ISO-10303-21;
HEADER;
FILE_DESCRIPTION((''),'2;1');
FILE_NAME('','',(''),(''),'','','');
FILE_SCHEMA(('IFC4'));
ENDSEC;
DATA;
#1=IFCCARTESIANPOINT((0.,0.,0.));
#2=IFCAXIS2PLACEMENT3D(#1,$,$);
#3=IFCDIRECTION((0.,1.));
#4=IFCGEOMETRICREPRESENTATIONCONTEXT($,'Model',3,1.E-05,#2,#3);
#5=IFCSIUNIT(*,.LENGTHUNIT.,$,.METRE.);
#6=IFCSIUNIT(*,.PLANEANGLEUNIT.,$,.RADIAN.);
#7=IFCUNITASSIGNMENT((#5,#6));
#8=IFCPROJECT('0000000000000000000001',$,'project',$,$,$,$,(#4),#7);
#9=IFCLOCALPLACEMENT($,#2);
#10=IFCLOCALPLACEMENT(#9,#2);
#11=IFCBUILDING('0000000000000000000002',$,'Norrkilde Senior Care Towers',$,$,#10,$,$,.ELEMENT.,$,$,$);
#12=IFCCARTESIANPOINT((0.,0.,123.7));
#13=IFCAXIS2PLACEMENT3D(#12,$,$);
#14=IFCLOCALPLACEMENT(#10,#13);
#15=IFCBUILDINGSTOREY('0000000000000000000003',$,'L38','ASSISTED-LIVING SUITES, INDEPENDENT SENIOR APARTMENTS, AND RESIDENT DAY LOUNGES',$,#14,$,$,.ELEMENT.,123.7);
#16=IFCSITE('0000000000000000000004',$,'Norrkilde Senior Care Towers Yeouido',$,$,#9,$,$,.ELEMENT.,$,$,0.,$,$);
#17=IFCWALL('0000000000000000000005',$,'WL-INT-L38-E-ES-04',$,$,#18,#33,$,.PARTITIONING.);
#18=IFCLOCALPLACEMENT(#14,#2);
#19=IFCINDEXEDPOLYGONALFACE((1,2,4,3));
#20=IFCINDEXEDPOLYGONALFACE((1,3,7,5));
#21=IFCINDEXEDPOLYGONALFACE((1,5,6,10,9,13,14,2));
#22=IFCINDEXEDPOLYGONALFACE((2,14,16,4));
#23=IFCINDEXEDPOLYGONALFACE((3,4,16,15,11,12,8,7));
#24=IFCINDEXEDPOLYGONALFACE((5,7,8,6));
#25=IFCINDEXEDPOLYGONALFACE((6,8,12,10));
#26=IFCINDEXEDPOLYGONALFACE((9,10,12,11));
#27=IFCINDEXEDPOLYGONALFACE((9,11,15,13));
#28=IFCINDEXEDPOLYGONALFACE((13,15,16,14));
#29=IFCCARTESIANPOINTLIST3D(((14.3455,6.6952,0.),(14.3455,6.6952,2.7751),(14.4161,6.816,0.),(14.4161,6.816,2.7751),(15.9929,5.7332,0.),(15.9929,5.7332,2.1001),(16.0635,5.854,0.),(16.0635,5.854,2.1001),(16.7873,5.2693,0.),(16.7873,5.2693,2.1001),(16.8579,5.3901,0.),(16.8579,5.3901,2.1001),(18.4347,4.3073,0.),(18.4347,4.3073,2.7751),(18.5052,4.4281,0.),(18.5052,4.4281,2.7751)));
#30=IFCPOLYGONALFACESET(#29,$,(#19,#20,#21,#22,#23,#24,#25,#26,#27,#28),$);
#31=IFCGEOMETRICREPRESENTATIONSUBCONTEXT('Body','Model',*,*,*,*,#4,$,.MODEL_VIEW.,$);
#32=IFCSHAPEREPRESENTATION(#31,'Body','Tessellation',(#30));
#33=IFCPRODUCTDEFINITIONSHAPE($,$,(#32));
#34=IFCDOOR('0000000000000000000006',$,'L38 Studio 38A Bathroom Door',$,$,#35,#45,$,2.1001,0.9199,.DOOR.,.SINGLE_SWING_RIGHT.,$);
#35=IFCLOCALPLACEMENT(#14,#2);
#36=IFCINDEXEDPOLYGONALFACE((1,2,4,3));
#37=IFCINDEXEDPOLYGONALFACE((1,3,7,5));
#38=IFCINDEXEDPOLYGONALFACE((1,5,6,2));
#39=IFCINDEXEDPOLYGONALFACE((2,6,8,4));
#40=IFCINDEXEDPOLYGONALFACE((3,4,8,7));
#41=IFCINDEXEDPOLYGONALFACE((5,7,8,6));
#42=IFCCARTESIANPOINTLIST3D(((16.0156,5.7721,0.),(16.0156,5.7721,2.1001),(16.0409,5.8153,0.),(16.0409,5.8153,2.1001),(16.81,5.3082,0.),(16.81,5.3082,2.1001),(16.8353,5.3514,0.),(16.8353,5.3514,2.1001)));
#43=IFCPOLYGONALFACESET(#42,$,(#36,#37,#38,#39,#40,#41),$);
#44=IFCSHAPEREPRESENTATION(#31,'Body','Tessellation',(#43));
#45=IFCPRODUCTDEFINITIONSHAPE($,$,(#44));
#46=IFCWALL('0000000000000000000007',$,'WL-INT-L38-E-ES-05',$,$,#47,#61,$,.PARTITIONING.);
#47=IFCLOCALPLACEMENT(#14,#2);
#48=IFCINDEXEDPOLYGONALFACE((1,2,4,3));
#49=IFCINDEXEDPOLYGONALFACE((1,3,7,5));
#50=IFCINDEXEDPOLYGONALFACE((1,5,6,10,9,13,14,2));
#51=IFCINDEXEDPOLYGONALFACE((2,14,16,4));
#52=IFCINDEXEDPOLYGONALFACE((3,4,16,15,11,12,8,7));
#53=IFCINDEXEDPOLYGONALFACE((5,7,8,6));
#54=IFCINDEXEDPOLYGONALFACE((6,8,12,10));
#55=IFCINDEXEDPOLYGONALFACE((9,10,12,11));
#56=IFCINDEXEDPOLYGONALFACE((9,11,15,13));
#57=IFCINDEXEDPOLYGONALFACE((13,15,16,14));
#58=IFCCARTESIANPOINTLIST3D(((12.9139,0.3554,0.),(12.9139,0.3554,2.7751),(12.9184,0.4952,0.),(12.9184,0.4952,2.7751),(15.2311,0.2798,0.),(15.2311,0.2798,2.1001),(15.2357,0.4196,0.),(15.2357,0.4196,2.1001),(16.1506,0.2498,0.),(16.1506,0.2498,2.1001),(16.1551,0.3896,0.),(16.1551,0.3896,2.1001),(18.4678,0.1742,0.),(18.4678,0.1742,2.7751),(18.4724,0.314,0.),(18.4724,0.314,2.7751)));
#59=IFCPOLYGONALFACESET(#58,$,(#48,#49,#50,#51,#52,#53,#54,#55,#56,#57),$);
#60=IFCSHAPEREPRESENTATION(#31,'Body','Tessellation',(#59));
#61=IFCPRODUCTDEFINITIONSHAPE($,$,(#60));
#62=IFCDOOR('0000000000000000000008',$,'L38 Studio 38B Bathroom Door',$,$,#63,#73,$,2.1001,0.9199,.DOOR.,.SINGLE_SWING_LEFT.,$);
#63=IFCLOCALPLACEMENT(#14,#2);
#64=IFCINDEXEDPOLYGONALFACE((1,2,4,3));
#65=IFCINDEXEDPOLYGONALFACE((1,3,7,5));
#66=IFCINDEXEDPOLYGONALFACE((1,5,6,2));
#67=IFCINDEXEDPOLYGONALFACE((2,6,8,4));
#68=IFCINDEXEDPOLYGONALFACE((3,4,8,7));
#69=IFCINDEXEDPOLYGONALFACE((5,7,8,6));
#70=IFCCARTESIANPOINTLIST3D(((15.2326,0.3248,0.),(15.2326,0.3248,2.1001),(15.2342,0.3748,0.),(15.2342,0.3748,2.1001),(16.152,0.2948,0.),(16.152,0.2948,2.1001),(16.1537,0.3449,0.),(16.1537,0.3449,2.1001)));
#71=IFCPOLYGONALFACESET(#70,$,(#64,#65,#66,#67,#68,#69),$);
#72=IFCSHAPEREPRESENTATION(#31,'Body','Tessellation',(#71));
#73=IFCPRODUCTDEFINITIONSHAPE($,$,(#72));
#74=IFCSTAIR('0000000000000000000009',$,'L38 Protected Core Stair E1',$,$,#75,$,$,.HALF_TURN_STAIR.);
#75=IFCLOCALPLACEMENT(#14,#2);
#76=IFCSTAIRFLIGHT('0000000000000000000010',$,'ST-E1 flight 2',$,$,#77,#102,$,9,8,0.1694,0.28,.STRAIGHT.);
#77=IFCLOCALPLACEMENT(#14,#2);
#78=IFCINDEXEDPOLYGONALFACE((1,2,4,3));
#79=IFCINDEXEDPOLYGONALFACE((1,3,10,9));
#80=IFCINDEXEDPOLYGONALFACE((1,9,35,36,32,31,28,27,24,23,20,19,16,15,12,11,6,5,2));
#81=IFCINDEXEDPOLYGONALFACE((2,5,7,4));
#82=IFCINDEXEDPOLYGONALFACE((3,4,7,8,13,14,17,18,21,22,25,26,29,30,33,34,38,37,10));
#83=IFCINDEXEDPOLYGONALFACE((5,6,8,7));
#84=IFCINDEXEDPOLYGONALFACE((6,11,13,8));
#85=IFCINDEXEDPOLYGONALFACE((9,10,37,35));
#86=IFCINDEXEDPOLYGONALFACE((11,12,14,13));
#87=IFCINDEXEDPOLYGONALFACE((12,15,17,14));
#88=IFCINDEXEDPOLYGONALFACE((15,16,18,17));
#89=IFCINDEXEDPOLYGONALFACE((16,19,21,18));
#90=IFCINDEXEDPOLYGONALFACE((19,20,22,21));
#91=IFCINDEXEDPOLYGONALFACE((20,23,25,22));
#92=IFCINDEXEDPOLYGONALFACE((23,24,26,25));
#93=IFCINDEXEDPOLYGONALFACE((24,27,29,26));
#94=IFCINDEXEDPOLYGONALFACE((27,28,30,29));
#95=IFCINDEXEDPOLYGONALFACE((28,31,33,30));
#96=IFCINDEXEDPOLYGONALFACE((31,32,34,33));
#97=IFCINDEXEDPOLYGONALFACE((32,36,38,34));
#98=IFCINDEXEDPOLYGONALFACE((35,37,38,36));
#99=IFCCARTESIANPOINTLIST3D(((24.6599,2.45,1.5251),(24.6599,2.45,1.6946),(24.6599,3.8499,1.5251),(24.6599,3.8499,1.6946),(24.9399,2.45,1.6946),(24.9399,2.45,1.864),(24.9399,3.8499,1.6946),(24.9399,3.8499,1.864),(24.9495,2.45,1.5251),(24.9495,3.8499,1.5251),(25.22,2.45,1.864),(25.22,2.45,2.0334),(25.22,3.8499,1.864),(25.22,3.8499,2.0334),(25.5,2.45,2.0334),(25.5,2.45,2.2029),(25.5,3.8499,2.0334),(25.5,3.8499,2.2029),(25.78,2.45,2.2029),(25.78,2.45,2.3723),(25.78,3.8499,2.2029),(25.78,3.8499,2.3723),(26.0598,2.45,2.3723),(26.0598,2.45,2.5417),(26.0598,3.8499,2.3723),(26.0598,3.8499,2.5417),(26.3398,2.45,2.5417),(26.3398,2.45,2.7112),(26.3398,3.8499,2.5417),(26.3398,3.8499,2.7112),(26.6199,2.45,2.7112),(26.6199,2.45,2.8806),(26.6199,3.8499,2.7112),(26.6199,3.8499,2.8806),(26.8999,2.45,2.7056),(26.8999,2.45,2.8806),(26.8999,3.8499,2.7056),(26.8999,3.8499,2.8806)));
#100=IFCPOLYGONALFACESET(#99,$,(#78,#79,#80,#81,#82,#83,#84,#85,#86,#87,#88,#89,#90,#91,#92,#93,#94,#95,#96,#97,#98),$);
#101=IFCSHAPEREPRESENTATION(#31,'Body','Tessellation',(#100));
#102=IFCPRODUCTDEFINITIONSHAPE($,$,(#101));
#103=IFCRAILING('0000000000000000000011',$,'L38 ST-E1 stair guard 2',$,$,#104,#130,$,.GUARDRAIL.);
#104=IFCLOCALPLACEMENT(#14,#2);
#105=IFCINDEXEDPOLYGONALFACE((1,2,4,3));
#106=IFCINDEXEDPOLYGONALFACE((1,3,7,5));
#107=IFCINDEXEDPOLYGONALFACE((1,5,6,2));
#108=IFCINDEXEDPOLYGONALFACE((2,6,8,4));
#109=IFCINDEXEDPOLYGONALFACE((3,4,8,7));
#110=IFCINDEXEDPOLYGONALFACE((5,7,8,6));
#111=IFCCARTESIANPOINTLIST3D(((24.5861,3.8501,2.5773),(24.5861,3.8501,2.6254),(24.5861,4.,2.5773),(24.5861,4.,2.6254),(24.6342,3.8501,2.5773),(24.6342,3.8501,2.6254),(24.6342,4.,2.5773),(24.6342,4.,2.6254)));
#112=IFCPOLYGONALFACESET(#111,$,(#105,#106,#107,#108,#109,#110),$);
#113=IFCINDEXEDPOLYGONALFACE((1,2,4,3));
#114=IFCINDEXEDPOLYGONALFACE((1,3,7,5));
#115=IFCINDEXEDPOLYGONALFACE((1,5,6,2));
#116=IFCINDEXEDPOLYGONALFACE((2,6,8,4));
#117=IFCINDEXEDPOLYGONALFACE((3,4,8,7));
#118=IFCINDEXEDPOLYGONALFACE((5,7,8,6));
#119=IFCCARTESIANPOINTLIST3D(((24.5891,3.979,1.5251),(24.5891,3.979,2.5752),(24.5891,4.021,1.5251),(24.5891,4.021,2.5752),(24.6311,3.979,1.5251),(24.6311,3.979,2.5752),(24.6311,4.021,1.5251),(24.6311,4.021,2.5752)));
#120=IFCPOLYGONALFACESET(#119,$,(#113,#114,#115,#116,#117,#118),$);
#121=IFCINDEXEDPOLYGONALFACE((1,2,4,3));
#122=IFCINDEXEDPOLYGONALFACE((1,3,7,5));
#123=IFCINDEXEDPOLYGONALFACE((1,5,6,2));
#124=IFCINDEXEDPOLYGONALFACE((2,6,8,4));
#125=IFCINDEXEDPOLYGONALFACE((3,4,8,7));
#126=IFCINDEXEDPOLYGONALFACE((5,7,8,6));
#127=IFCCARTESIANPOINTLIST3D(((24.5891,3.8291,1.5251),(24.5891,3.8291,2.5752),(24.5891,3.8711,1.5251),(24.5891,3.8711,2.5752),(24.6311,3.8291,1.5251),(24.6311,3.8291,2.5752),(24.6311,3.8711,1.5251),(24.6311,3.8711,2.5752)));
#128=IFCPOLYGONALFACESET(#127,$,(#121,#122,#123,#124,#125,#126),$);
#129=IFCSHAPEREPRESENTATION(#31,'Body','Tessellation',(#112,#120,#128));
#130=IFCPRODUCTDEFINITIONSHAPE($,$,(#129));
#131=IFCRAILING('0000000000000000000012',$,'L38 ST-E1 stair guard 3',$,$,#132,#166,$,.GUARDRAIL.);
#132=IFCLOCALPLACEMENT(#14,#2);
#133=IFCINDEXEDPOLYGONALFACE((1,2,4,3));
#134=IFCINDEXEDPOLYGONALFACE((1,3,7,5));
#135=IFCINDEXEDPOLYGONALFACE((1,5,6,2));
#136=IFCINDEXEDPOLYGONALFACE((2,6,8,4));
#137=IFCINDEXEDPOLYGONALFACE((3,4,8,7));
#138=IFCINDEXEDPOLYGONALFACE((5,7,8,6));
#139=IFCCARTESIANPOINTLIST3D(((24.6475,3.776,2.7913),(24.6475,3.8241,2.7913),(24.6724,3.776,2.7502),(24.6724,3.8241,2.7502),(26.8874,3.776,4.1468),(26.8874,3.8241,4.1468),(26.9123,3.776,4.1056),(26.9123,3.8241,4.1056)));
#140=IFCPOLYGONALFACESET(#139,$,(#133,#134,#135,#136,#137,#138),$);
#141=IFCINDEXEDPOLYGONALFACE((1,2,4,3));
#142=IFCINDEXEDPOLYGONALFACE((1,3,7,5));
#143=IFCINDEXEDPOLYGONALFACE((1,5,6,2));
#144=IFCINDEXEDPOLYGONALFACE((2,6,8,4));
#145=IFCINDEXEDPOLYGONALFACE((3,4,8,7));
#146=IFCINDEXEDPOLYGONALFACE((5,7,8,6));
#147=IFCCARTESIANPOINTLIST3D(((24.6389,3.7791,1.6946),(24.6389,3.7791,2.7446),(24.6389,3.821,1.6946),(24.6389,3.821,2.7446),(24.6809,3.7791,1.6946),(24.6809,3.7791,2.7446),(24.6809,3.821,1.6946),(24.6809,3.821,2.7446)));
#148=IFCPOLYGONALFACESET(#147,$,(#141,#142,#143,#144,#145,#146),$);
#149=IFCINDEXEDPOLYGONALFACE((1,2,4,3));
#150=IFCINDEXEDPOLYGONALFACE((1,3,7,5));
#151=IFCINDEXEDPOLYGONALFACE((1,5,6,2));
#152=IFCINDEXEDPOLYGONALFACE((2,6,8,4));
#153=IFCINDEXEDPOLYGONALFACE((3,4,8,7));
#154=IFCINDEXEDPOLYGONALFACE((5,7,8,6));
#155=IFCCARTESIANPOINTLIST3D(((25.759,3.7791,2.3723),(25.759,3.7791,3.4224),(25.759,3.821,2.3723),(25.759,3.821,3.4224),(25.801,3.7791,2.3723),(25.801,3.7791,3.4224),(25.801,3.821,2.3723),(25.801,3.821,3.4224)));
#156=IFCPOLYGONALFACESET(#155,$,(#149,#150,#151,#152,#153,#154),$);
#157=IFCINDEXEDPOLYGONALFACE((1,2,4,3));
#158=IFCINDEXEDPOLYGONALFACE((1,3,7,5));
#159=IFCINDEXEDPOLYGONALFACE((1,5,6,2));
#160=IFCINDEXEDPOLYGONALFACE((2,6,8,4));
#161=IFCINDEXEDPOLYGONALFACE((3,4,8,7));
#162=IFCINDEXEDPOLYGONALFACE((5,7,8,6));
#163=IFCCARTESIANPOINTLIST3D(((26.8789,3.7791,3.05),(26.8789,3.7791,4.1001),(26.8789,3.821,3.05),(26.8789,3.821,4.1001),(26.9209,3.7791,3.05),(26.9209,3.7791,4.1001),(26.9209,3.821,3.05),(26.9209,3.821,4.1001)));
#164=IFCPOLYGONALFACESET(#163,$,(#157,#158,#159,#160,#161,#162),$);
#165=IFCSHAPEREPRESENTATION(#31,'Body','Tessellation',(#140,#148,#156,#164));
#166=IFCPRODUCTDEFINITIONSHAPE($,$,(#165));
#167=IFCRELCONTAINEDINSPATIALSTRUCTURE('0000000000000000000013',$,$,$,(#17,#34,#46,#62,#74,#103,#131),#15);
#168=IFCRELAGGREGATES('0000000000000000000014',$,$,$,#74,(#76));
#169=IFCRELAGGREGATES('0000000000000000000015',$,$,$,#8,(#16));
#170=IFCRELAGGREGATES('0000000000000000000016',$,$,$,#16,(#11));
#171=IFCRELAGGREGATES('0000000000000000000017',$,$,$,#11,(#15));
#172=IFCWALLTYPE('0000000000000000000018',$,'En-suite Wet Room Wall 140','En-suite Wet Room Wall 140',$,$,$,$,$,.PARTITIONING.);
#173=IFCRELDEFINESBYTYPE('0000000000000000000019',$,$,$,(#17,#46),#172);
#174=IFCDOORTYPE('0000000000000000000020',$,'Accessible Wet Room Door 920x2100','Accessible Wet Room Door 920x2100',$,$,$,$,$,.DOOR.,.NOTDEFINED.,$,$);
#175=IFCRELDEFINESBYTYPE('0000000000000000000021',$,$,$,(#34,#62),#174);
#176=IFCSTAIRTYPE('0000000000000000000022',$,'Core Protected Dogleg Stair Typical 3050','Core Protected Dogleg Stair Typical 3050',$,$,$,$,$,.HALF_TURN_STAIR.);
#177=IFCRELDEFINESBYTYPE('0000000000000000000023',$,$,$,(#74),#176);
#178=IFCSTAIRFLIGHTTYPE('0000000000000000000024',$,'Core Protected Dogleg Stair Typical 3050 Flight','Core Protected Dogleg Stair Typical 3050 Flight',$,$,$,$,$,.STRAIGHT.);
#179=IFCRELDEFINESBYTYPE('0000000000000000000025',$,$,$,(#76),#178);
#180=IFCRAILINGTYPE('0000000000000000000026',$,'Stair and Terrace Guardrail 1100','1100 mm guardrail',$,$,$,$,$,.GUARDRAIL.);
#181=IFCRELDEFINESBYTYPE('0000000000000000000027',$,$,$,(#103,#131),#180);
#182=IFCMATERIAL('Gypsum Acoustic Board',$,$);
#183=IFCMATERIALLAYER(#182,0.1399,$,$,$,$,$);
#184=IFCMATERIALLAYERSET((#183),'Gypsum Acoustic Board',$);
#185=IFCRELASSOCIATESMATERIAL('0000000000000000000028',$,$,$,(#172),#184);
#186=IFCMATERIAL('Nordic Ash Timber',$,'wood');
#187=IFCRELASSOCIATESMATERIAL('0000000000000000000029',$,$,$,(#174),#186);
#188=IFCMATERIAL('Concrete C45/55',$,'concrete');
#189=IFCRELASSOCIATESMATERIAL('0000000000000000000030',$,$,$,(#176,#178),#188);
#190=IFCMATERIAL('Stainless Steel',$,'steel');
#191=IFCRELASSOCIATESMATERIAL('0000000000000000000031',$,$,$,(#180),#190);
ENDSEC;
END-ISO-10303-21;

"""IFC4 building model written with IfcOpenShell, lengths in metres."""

from ifc_helpers import new_model, si_unit, direction, frame, frame_2d, origin, origin_2d, place, context, subcontext, project, spatial, polyline, rectangle, outline, extrude, source, transform, mapped, material, layer, layer_set, type_object, type_shapes, element, fill, aggregate, save


model = new_model("IFC4")

# Units and contexts
model_context = context("Model", 3, precision=1e-05, world=origin(), true_north=direction((0.0, 1.0)))
body_context = subcontext(model_context, "Body", "Model", "MODEL_VIEW")
ifc_project = project(units=[si_unit("LENGTHUNIT", "METRE"), si_unit("PLANEANGLEUNIT", "RADIAN")], contexts=[model_context])

# Site, building, storey
site_placement = place(None, origin())
site = spatial("IfcSite", under=ifc_project, at=site_placement, Name="Norrkilde Senior Care Towers Yeouido", CompositionType="ELEMENT", RefElevation=0.0)
building_placement = place(site_placement, origin())
building = spatial("IfcBuilding", under=site, at=building_placement, Name="Norrkilde Senior Care Towers", CompositionType="ELEMENT")
storey_placement = place(building_placement, frame((0.0, 0.0, 123.7)))
storey = spatial("IfcBuildingStorey", under=building, at=storey_placement, Name="L38", Description="ASSISTED-LIVING SUITES, INDEPENDENT SENIOR APARTMENTS, AND RESIDENT DAY LOUNGES", CompositionType="ELEMENT", Elevation=123.7)

# Shared definitions
ifc_material_1 = material(Name="Concrete C45/55", Category="concrete")

# Walls, openings, doors
ifc_material_2 = material(Name="Gypsum Acoustic Board")
ifc_material_3 = material(Name="Nordic Ash Timber", Category="wood")
ifc_layer_1 = layer(ifc_material_2, 0.1399)
ifc_layer_set_1 = layer_set([ifc_layer_1], Name="Gypsum Acoustic Board")
wall_type_1 = type_object("IfcWallType", Name="En-suite Wet Room Wall 140", Description="En-suite Wet Room Wall 140", PredefinedType="PARTITIONING", material=ifc_layer_set_1)
shared_shape_1 = source(origin(), body_context, "Body", "SweptSolid", [
    extrude(rectangle(XDim=4.7354, YDim=0.1399, at=frame_2d((2.3677, 0.0))), origin(), (0.0, 0.0, 1.0), 2.7751),
])
wall_1_placement = place(storey_placement, frame((18.47, 4.3677, 0.0), z_axis=(0.0, 0.0, 1.0), x_axis=(-0.863538, 0.504284, 0.0)))
wall_1 = element("IfcWall", 1, at=wall_1_placement, inside=storey, type_object=wall_type_1, Name="WL-INT-L38-E-ES-04", PredefinedType="PARTITIONING", context=body_context, shape_type="MappedRepresentation", body=[
    mapped(shared_shape_1, transform((0.0, 0.0, 0.0), x_axis=(1.0, 0.0, 0.0), y_axis=(0.0, 1.0, 0.0), z_axis=(0.0, 0.0, 1.0), scale=1.0)),
])
opening_1_placement = place(wall_1_placement, frame((1.9077, 0.0, 0.0)))
opening_1 = element("IfcOpeningElement", 2, at=opening_1_placement, cuts=wall_1, PredefinedType="OPENING", context=body_context, shape_type="SweptSolid", body=[
    extrude(rectangle(XDim=0.9199, YDim=2.1001, at=frame_2d((0.46, 1.05))), frame((0.0, 0.0798, 0.0), z_axis=(0.0, -1.0, 0.0), x_axis=(1.0, 0.0, 0.0)), (0.0, 0.0, 1.0), 0.1599),
])
door_type_1 = type_object("IfcDoorType", Name="Accessible Wet Room Door 920x2100", Description="Accessible Wet Room Door 920x2100", OperationType="NOTDEFINED", PredefinedType="DOOR", material=ifc_material_3)
shared_shape_2 = source(origin(), body_context, "Body", "SweptSolid", [
    extrude(rectangle(XDim=0.9199, YDim=2.1001, at=frame_2d((0.46, 1.05))), frame((0.0, 0.0249, 0.0), z_axis=(0.0, -1.0, 0.0), x_axis=(1.0, 0.0, 0.0)), (0.0, 0.0, 1.0), 0.05),
])
type_shapes(door_type_1, [shared_shape_2])
door_1_placement = place(opening_1_placement, origin())
door_1 = element("IfcDoor", 3, at=door_1_placement, inside=storey, type_object=door_type_1, Name="L38 Studio 38A Bathroom Door", OperationType="SINGLE_SWING_RIGHT", OverallHeight=2.1001, OverallWidth=0.9199, PredefinedType="DOOR", context=body_context, shape_type="MappedRepresentation", body=[
    mapped(shared_shape_2, transform((0.0, 0.0, 0.0), x_axis=(1.0, 0.0, 0.0), y_axis=(0.0, 1.0, 0.0), z_axis=(0.0, 0.0, 1.0), scale=1.0)),
])
fill(opening_1, door_1)
shared_shape_3 = source(origin(), body_context, "Body", "SweptSolid", [
    extrude(rectangle(XDim=5.5569, YDim=0.1399, at=frame_2d((2.7783, 0.0))), origin(), (0.0, 0.0, 1.0), 2.7751),
])
type_shapes(wall_type_1, [shared_shape_1, shared_shape_3])
wall_2_placement = place(storey_placement, frame((18.47, 0.2441, 0.0), z_axis=(0.0, 0.0, 1.0), x_axis=(-0.999468, 0.032599, 0.0)))
wall_2 = element("IfcWall", 4, at=wall_2_placement, inside=storey, type_object=wall_type_1, Name="WL-INT-L38-E-ES-05", PredefinedType="PARTITIONING", context=body_context, shape_type="MappedRepresentation", body=[
    mapped(shared_shape_3, transform((0.0, 0.0, 0.0), x_axis=(1.0, 0.0, 0.0), y_axis=(0.0, 1.0, 0.0), z_axis=(0.0, 0.0, 1.0), scale=1.0)),
])
opening_2_placement = place(wall_2_placement, frame((2.3184, 0.0, 0.0)))
opening_2 = element("IfcOpeningElement", 5, at=opening_2_placement, cuts=wall_2, PredefinedType="OPENING", context=body_context, shape_type="SweptSolid", body=[
    extrude(rectangle(XDim=0.9199, YDim=2.1001, at=frame_2d((0.46, 1.05))), frame((0.0, 0.0798, 0.0), z_axis=(0.0, -1.0, 0.0), x_axis=(1.0, 0.0, 0.0)), (0.0, 0.0, 1.0), 0.1599),
])
door_2_placement = place(opening_2_placement, origin())
door_2 = element("IfcDoor", 6, at=door_2_placement, inside=storey, type_object=door_type_1, Name="L38 Studio 38B Bathroom Door", OperationType="SINGLE_SWING_LEFT", OverallHeight=2.1001, OverallWidth=0.9199, PredefinedType="DOOR", context=body_context, shape_type="MappedRepresentation", body=[
    mapped(shared_shape_2, transform((0.0, 0.0, 0.0), x_axis=(1.0, 0.0, 0.0), y_axis=(0.0, 1.0, 0.0), z_axis=(0.0, 0.0, 1.0), scale=1.0)),
])
fill(opening_2, door_2)

# Stair, stair flight
stair_type = type_object("IfcStairType", Name="Core Protected Dogleg Stair Typical 3050", Description="Core Protected Dogleg Stair Typical 3050", PredefinedType="HALF_TURN_STAIR", material=ifc_material_1)
stair_placement = place(storey_placement, origin())
stair = element("IfcStair", 7, at=stair_placement, inside=storey, type_object=stair_type, Name="L38 Protected Core Stair E1", PredefinedType="HALF_TURN_STAIR")
stair_flight_type = type_object("IfcStairFlightType", Name="Core Protected Dogleg Stair Typical 3050 Flight", Description="Core Protected Dogleg Stair Typical 3050 Flight", PredefinedType="STRAIGHT", material=ifc_material_1)
stair_flight_placement = place(storey_placement, frame((24.6599, 3.1499, 1.5251), z_axis=(0.0, 0.0, 1.0), x_axis=(1.0, 0.0, 0.0)))
stair_flight = element("IfcStairFlight", 8, at=stair_flight_placement, type_object=stair_flight_type, Name="ST-E1 flight 2", NumberOfRisers=9, NumberOfTreads=8, PredefinedType="STRAIGHT", RiserHeight=0.1694, TreadLength=0.28, context=body_context, shape_type="SweptSolid", body=[
    extrude(outline(polyline([(0.0, 0.0), (0.0, 0.1694), (0.28, 0.1694), (0.28, 0.3389), (0.5601, 0.3389), (0.5601, 0.5083), (0.8401, 0.5083), (0.8401, 0.6777), (1.1201, 0.6777), (1.1201, 0.8472), (1.3999, 0.8472), (1.3999, 1.0166), (1.6799, 1.0166), (1.6799, 1.186), (1.96, 1.186), (1.96, 1.3555), (2.24, 1.3555), (2.24, 1.5249), (2.24, 1.1804), (0.2896, 0.0), (0.0, 0.0)])), frame((0.0, 0.7, 0.0), z_axis=(0.0, -1.0, 0.0), x_axis=(1.0, 0.0, 0.0)), (0.0, 0.0, 1.0), 1.3999),
])
aggregate(stair, [stair_flight])

# Railings
ifc_material_4 = material(Name="Stainless Steel", Category="steel")
railing_type_1 = type_object("IfcRailingType", Name="Stair and Terrace Guardrail 1100", Description="1100 mm guardrail", PredefinedType="GUARDRAIL", material=ifc_material_4)
railing_1_placement = place(storey_placement, frame((24.6101, 4.0, 1.5251)))
element("IfcRailing", 9, at=railing_1_placement, inside=storey, type_object=railing_type_1, Name="L38 ST-E1 stair guard 2", PredefinedType="GUARDRAIL", context=body_context, shape_type="SweptSolid", body=[
    extrude(rectangle(XDim=0.0481, YDim=0.0481, at=origin_2d()), frame((0.0, 0.0, 1.0762), z_axis=(0.0, -1.0, 0.0), x_axis=(1.0, 0.0, 0.0)), (0.0, 0.0, 1.0), 0.1499),
    extrude(rectangle(XDim=0.042, YDim=0.042, at=origin_2d()), origin(), (0.0, 0.0, 1.0), 1.05),
    extrude(rectangle(XDim=0.042, YDim=0.042, at=origin_2d()), frame((0.0, -0.1499, 0.0)), (0.0, 0.0, 1.0), 1.05),
])
railing_2_placement = place(storey_placement, frame((24.6599, 3.8, 1.6946)))
element("IfcRailing", 10, at=railing_2_placement, inside=storey, type_object=railing_type_1, Name="L38 ST-E1 stair guard 3", PredefinedType="GUARDRAIL", context=body_context, shape_type="SweptSolid", body=[
    extrude(rectangle(XDim=0.0481, YDim=0.0481, at=origin_2d()), frame((0.0, 0.0, 1.0762), z_axis=(0.855553, 0.0, 0.517715), x_axis=(0.0, 1.0, 0.0)), (0.0, 0.0, 1.0), 2.6182),
    extrude(rectangle(XDim=0.042, YDim=0.042, at=origin_2d()), origin(), (0.0, 0.0, 1.0), 1.05),
    extrude(rectangle(XDim=0.042, YDim=0.042, at=origin_2d()), frame((1.1201, 0.0, 0.6777)), (0.0, 0.0, 1.0), 1.05),
    extrude(rectangle(XDim=0.042, YDim=0.042, at=origin_2d()), frame((2.24, 0.0, 1.3555)), (0.0, 0.0, 1.0), 1.05),
])

save(model, "model.ifc")
